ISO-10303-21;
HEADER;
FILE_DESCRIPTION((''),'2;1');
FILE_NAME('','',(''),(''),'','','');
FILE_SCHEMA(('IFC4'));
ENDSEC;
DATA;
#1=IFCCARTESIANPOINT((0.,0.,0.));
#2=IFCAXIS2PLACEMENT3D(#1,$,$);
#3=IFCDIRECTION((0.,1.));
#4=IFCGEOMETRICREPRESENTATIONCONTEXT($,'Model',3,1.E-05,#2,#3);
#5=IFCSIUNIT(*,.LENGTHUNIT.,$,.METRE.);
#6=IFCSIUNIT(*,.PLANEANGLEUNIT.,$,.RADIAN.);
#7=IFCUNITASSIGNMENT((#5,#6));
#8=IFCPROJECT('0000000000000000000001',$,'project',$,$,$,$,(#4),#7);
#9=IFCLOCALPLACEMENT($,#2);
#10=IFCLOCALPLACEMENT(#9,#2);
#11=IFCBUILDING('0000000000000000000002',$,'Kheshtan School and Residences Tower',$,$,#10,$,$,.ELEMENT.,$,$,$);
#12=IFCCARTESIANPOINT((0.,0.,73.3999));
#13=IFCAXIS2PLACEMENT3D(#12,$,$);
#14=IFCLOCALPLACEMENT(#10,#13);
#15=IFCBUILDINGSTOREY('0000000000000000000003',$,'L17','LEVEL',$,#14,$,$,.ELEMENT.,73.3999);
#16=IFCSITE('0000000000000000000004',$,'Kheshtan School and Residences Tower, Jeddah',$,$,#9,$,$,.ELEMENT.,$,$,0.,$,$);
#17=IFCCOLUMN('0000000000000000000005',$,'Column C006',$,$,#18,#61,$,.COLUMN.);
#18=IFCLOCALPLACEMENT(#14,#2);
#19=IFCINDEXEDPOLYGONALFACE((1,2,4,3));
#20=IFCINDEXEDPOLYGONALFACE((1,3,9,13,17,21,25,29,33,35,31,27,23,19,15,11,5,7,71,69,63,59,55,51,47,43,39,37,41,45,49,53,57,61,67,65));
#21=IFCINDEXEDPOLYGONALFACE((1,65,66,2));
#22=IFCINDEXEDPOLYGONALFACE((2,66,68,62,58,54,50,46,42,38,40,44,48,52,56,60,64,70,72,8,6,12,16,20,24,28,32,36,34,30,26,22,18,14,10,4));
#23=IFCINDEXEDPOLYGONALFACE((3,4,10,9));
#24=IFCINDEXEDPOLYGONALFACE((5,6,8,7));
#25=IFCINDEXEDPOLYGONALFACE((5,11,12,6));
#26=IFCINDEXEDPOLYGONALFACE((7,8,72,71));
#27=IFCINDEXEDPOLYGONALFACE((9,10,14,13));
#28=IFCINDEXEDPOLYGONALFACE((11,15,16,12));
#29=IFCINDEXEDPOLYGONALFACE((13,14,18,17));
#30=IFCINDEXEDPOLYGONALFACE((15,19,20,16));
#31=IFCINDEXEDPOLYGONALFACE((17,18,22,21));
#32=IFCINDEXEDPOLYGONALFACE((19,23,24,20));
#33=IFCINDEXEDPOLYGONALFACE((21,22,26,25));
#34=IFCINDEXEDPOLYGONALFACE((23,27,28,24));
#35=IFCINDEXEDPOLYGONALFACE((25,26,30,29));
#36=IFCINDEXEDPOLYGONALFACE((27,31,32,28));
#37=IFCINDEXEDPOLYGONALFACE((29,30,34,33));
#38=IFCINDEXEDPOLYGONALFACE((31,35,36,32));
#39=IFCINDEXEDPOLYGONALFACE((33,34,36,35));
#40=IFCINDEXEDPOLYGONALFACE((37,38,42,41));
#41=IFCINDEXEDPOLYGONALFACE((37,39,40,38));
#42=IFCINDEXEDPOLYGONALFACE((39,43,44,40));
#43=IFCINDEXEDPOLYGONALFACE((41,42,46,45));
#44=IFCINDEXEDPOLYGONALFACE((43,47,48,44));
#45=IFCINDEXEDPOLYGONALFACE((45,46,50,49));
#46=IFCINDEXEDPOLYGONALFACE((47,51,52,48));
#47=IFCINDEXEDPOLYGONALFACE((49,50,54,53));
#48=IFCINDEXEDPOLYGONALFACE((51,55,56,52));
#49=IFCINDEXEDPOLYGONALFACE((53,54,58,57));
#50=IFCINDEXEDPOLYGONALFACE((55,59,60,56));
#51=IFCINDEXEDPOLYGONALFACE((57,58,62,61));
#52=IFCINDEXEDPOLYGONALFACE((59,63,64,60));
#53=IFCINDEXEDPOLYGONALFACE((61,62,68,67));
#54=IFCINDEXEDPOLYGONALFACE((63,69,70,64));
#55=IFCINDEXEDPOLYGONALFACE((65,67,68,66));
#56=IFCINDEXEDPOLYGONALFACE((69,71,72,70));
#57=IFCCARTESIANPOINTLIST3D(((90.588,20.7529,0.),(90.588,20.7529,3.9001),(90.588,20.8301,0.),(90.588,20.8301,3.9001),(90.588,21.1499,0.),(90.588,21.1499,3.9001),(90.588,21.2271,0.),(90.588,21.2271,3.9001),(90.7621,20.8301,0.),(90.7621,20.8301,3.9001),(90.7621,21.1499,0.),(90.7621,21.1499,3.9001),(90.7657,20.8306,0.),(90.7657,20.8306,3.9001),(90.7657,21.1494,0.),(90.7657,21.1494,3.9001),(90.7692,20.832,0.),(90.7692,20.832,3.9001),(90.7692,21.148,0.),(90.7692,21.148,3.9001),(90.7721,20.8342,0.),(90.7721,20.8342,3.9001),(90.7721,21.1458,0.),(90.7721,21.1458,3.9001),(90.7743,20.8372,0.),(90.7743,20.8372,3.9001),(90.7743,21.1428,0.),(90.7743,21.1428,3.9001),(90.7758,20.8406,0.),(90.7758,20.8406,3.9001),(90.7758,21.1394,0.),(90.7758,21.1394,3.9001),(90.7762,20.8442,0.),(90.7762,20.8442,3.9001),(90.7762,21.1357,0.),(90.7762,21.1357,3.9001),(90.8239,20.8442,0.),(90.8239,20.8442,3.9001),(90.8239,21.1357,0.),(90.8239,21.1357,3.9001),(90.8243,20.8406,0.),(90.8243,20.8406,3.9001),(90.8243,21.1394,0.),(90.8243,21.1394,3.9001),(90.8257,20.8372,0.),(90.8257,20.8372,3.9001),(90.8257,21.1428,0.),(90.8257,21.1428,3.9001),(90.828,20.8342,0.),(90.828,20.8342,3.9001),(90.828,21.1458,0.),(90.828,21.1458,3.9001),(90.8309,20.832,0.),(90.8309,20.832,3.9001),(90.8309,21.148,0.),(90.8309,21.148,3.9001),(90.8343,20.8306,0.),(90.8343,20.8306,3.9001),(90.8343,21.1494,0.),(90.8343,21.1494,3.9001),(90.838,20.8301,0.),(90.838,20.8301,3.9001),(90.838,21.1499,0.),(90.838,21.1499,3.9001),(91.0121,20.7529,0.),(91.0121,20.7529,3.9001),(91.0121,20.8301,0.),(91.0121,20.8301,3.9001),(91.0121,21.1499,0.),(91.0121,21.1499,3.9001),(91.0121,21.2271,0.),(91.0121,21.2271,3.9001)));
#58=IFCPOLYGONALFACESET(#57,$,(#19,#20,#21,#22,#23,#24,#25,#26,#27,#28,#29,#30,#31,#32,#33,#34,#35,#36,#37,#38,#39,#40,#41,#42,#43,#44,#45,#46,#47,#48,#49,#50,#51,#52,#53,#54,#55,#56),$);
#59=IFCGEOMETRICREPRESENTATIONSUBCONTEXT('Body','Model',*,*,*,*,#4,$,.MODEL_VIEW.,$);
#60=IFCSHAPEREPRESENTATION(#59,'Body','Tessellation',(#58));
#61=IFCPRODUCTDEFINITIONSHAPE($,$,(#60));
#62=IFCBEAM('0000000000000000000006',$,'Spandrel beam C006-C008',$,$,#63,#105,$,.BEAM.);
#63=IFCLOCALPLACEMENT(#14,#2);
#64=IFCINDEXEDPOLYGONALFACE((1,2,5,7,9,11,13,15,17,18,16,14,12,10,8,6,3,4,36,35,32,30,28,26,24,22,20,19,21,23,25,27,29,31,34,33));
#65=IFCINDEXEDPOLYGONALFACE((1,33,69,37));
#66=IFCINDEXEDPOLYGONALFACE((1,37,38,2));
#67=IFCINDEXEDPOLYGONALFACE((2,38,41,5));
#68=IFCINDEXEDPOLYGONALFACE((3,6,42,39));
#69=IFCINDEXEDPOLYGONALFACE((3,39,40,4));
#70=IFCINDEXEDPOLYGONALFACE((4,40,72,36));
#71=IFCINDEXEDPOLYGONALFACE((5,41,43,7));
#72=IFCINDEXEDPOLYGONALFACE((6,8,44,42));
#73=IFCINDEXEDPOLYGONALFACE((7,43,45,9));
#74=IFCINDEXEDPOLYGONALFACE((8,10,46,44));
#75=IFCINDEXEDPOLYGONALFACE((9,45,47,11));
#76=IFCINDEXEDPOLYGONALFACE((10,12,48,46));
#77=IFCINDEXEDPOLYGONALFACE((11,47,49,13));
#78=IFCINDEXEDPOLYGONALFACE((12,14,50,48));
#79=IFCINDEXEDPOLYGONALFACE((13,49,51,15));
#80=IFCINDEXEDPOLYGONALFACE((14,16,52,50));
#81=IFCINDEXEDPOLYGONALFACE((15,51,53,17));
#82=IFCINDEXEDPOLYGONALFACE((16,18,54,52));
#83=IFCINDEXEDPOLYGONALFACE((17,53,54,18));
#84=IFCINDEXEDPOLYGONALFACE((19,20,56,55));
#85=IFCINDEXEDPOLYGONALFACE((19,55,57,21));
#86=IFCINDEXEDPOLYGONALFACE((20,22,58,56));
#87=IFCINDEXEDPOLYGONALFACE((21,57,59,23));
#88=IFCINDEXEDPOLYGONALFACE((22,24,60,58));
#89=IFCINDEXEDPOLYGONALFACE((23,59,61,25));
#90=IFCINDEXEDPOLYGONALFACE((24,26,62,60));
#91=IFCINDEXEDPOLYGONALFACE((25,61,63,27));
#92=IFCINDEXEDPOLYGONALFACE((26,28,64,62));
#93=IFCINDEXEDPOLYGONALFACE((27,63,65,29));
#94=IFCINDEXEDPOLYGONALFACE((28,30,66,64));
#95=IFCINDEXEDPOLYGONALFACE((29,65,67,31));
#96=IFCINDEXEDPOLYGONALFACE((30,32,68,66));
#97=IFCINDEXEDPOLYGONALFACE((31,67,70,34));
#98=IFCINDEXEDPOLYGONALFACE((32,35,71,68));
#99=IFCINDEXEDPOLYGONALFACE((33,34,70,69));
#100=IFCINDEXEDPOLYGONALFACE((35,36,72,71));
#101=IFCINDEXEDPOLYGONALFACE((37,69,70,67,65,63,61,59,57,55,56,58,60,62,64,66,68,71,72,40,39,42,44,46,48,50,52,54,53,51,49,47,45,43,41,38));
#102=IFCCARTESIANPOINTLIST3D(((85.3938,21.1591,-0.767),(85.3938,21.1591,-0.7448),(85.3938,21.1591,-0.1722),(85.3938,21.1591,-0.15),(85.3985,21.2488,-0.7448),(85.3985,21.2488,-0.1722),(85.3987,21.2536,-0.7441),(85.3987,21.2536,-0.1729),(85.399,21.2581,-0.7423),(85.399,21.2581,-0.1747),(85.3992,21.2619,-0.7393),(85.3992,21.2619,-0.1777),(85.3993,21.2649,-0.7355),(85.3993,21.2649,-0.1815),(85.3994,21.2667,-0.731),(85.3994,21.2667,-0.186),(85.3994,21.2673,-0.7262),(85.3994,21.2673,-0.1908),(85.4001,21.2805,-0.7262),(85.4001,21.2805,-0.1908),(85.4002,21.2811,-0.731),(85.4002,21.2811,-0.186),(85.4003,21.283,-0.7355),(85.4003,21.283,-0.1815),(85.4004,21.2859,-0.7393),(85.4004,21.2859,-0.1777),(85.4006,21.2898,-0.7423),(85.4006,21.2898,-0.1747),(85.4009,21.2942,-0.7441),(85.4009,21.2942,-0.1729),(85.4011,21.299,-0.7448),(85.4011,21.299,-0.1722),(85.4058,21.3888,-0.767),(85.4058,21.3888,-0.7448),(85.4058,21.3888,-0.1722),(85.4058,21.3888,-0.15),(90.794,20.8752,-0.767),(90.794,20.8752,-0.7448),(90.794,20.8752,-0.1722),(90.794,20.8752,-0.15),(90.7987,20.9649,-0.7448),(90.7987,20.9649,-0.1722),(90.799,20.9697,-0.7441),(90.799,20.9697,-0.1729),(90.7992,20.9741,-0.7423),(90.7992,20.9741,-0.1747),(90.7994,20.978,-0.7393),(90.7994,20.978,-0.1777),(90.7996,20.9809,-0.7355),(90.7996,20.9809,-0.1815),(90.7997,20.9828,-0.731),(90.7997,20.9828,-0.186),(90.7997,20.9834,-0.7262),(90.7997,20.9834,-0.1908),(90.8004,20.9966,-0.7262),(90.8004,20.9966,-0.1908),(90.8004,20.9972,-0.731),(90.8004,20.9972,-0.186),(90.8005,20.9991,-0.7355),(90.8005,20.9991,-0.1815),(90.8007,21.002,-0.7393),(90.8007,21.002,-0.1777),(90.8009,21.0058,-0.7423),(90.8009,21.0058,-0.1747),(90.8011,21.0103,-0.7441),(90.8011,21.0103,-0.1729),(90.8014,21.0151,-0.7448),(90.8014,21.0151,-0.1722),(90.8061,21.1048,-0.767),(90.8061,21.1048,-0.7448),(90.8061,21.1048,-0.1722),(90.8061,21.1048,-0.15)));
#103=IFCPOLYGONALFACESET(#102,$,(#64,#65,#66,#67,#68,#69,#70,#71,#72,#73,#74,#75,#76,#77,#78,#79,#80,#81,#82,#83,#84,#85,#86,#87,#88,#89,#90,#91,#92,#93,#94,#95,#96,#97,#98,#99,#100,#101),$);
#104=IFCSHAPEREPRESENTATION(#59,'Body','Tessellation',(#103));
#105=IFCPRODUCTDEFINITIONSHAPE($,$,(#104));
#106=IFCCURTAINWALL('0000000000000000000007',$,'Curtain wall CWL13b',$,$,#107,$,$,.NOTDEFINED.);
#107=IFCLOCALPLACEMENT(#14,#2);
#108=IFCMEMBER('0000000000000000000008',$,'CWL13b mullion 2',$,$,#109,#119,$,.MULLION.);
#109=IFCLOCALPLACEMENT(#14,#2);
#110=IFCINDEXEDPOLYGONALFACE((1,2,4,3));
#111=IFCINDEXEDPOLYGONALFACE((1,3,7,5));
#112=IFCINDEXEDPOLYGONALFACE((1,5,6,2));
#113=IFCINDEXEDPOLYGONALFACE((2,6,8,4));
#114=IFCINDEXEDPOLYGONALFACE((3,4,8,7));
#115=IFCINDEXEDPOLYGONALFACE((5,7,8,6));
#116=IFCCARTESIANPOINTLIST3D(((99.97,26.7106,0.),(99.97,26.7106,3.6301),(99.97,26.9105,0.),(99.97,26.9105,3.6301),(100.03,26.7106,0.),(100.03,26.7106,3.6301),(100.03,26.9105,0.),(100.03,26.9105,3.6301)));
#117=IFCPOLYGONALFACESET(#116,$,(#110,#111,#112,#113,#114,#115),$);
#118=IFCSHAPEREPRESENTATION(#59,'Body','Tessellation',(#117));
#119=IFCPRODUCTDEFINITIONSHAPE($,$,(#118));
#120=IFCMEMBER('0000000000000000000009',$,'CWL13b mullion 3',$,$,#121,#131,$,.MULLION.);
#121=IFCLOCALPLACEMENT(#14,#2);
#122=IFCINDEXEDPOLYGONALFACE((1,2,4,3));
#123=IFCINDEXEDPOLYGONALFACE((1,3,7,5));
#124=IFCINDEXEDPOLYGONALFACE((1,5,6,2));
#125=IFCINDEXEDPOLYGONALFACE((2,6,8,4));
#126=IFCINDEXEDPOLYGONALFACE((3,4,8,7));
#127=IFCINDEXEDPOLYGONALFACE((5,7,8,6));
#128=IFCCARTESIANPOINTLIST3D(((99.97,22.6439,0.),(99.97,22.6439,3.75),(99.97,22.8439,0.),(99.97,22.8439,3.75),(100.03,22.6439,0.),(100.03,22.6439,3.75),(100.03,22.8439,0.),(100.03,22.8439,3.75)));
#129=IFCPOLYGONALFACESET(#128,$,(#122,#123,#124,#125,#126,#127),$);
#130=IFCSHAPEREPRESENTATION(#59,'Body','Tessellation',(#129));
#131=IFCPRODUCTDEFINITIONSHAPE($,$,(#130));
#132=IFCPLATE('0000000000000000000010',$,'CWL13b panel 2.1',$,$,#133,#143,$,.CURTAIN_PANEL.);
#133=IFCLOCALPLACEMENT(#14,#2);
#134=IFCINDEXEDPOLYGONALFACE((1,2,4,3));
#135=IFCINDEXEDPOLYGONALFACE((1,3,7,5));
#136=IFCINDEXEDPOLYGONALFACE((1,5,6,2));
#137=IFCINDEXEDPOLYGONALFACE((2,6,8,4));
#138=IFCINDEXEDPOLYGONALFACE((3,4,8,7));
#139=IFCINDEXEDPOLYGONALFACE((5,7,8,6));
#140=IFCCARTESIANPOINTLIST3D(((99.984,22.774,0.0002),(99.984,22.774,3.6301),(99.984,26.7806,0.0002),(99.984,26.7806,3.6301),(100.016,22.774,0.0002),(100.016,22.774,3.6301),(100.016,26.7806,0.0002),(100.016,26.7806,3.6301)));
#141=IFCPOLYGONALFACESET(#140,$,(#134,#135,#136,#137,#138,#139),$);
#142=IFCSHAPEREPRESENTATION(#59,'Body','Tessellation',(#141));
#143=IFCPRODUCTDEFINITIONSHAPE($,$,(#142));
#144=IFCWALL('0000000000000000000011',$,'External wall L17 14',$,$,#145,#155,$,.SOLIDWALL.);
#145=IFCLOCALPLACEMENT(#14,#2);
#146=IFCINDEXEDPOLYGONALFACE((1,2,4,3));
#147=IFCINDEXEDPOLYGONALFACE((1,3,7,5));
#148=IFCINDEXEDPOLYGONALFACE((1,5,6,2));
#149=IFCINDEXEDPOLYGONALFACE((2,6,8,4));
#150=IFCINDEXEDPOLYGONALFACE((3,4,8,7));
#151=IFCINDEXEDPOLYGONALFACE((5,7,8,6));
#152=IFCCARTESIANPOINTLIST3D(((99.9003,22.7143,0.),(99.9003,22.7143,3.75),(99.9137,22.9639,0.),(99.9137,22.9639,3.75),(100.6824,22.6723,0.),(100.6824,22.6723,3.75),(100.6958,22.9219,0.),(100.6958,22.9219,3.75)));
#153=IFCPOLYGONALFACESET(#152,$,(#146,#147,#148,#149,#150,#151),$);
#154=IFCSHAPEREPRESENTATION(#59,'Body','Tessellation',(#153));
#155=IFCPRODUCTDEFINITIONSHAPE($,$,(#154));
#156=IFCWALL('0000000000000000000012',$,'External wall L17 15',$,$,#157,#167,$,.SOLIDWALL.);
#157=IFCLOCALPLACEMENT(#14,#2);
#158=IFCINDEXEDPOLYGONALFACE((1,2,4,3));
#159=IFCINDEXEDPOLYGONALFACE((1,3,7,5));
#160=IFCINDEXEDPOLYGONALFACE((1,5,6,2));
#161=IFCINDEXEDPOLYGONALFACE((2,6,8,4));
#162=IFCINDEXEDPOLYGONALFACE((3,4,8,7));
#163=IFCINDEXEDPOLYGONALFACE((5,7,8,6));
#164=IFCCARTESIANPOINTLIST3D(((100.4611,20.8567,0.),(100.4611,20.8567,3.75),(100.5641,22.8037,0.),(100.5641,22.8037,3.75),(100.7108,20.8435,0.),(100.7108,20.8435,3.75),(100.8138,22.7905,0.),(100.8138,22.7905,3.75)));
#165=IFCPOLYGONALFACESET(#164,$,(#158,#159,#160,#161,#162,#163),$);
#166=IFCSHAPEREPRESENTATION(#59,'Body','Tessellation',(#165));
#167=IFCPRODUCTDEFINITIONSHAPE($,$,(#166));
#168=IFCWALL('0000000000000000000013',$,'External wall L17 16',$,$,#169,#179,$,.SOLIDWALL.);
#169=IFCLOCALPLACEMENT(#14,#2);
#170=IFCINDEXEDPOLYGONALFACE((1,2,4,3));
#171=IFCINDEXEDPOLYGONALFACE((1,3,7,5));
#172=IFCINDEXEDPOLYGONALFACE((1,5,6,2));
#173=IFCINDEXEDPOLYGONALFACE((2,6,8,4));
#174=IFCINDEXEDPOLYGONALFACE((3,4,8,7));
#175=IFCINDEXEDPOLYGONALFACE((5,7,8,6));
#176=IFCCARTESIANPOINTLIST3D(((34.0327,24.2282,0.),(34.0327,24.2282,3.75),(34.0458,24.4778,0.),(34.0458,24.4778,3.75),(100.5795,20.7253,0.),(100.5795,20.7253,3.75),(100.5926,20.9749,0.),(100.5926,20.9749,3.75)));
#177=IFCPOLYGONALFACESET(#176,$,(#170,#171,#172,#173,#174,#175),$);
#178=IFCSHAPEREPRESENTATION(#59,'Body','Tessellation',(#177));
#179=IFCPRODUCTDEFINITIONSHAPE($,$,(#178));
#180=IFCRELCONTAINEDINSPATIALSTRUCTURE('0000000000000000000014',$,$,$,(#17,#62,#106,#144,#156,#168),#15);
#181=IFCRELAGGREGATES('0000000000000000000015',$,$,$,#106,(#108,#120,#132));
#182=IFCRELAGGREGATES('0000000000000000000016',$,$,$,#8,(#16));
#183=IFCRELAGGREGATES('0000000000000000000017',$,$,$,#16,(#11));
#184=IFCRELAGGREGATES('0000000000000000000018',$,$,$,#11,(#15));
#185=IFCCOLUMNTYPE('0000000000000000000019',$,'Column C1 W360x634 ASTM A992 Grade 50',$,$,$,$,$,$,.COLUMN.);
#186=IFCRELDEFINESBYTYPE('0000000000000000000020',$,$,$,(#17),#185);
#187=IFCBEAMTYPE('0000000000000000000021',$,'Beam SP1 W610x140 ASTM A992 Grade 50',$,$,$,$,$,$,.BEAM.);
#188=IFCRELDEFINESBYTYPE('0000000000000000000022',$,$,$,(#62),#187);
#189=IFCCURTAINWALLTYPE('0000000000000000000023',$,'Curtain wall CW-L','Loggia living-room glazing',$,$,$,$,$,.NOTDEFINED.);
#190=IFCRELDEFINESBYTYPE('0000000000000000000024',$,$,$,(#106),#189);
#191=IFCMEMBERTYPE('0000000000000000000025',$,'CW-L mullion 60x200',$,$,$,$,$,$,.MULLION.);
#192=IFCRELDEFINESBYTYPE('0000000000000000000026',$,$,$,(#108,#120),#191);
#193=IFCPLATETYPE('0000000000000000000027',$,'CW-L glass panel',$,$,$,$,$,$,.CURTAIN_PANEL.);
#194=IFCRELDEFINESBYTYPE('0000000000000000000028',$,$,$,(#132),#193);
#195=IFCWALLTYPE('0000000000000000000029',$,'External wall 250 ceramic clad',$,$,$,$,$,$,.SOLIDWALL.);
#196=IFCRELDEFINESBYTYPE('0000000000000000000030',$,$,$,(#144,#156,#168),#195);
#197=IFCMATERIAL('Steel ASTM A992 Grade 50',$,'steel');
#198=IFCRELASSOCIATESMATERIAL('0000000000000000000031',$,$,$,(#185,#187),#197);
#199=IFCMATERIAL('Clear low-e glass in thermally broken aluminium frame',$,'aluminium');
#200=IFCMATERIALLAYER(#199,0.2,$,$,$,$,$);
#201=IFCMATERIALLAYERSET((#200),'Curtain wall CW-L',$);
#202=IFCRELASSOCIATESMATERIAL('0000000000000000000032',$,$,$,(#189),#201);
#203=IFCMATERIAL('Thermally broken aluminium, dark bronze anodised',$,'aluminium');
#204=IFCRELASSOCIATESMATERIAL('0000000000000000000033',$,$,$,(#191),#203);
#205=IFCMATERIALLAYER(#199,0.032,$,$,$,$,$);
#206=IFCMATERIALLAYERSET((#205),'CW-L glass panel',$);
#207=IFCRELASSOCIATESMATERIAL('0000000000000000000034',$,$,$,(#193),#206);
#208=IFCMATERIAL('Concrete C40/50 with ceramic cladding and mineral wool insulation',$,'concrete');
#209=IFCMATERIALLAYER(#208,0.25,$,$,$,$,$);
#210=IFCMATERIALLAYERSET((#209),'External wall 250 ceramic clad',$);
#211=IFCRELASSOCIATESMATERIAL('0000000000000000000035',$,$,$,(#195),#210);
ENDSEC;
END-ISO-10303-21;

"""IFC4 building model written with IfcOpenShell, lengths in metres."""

from ifc_helpers import new_model, si_unit, direction, frame, frame_2d, origin, origin_2d, place, context, subcontext, project, spatial, rectangle, i_section, extrude, material, layer, layer_set, material_profile, profile_set, type_object, element, aggregate, save


model = new_model("IFC4")

# Units and contexts
model_context = context("Model", 3, precision=1e-05, world=origin(), true_north=direction((0.0, 1.0)))
body_context = subcontext(model_context, "Body", "Model", "MODEL_VIEW")
ifc_project = project(units=[si_unit("LENGTHUNIT", "METRE"), si_unit("PLANEANGLEUNIT", "RADIAN")], contexts=[model_context])

# Site, building, storey
site_placement = place(None, origin())
site = spatial("IfcSite", under=ifc_project, at=site_placement, Name="Kheshtan School and Residences Tower, Jeddah", CompositionType="ELEMENT", RefElevation=0.0)
building_placement = place(site_placement, origin())
building = spatial("IfcBuilding", under=site, at=building_placement, Name="Kheshtan School and Residences Tower", CompositionType="ELEMENT")
storey_placement = place(building_placement, frame((0.0, 0.0, 73.3999)))
storey = spatial("IfcBuildingStorey", under=building, at=storey_placement, Name="L17", Description="LEVEL", CompositionType="ELEMENT", Elevation=73.3999)

# Column
ifc_material_1 = material(Name="Steel ASTM A992 Grade 50", Category="steel")
ifc_material_profile_1 = material_profile(ifc_material_1, i_section(OverallWidth=0.4241, OverallDepth=0.4741, WebThickness=0.0476, FlangeThickness=0.0771, FilletRadius=0.0142, at=origin_2d()), Name="W360x634")
ifc_profile_set_1 = profile_set([ifc_material_profile_1], Name="Steel ASTM A992 Grade 50")
column_type = type_object("IfcColumnType", Name="Column C1 W360x634 ASTM A992 Grade 50", PredefinedType="COLUMN", material=ifc_profile_set_1)
column_placement = place(storey_placement, frame((90.8, 20.99, 0.0), z_axis=(0.0, 0.0, 1.0), x_axis=(1.0, 0.0, 0.0)))
element("IfcColumn", 1, at=column_placement, inside=storey, type_object=column_type, Name="Column C006", PredefinedType="COLUMN", context=body_context, shape_type="SweptSolid", body=[
    extrude(i_section(OverallWidth=0.4241, OverallDepth=0.4741, WebThickness=0.0476, FlangeThickness=0.0771, FilletRadius=0.0142, at=origin_2d()), origin(), (0.0, 0.0, 1.0), 3.9001),
])

# Beam
ifc_material_profile_2 = material_profile(ifc_material_1, i_section(OverallWidth=0.23, OverallDepth=0.6169, WebThickness=0.0132, FlangeThickness=0.0222, FilletRadius=0.0186, at=origin_2d()), Name="W610x140")
ifc_profile_set_2 = profile_set([ifc_material_profile_2], Name="Steel ASTM A992 Grade 50")
beam_type = type_object("IfcBeamType", Name="Beam SP1 W610x140 ASTM A992 Grade 50", PredefinedType="BEAM", material=ifc_profile_set_2)
beam_placement = place(storey_placement, frame((90.8, 20.99, -0.4585), z_axis=(-0.998621, 0.052507, 0.0), x_axis=(-0.052507, -0.998621, 0.0)))
element("IfcBeam", 2, at=beam_placement, inside=storey, type_object=beam_type, Name="Spandrel beam C006-C008", PredefinedType="BEAM", context=body_context, shape_type="SweptSolid", body=[
    extrude(i_section(OverallWidth=0.23, OverallDepth=0.6169, WebThickness=0.0132, FlangeThickness=0.0222, FilletRadius=0.0186, at=origin_2d()), origin(), (0.0, 0.0, 1.0), 5.4077),
])

# Curtain wall, members, plate
ifc_material_2 = material(Name="Clear low-e glass in thermally broken aluminium frame", Category="aluminium")
ifc_layer_1 = layer(ifc_material_2, 0.2)
ifc_layer_set_1 = layer_set([ifc_layer_1], Name="Curtain wall CW-L")
curtain_wall_type = type_object("IfcCurtainWallType", Name="Curtain wall CW-L", Description="Loggia living-room glazing", PredefinedType="NOTDEFINED", material=ifc_layer_set_1)
curtain_wall_placement = place(storey_placement, origin())
curtain_wall = element("IfcCurtainWall", 3, at=curtain_wall_placement, inside=storey, type_object=curtain_wall_type, Name="Curtain wall CWL13b", PredefinedType="NOTDEFINED")
ifc_material_3 = material(Name="Thermally broken aluminium, dark bronze anodised", Category="aluminium")
ifc_material_profile_3 = material_profile(ifc_material_3, rectangle(XDim=0.0601, YDim=0.2, at=origin_2d()), Name="CW-L mullion 60x200")
ifc_profile_set_3 = profile_set([ifc_material_profile_3], Name="Thermally broken aluminium, dark bronze anodised")
member_type = type_object("IfcMemberType", Name="CW-L mullion 60x200", PredefinedType="MULLION", material=ifc_profile_set_3)
member_1_placement = place(storey_placement, frame((100.0, 26.8105, 0.0), z_axis=(0.0, 0.0, 1.0), x_axis=(1.0, 0.0, 0.0)))
member_1 = element("IfcMember", 4, at=member_1_placement, type_object=member_type, Name="CWL13b mullion 2", PredefinedType="MULLION", context=body_context, shape_type="SweptSolid", body=[
    extrude(rectangle(XDim=0.0601, YDim=0.2, at=origin_2d()), origin(), (0.0, 0.0, 1.0), 3.6301),
])
member_2_placement = place(storey_placement, frame((100.0, 22.7439, 0.0), z_axis=(0.0, 0.0, 1.0), x_axis=(1.0, 0.0, 0.0)))
member_2 = element("IfcMember", 5, at=member_2_placement, type_object=member_type, Name="CWL13b mullion 3", PredefinedType="MULLION", context=body_context, shape_type="SweptSolid", body=[
    extrude(rectangle(XDim=0.0601, YDim=0.2, at=origin_2d()), origin(), (0.0, 0.0, 1.0), 3.75),
])
ifc_layer_2 = layer(ifc_material_2, 0.032)
ifc_layer_set_2 = layer_set([ifc_layer_2], Name="CW-L glass panel")
plate_type = type_object("IfcPlateType", Name="CW-L glass panel", PredefinedType="CURTAIN_PANEL", material=ifc_layer_set_2)
plate_placement = place(storey_placement, frame((100.0, 24.7773, 0.0002), z_axis=(0.0, 0.0, 1.0), x_axis=(0.0, -1.0, 0.0)))
plate = element("IfcPlate", 6, at=plate_placement, type_object=plate_type, Name="CWL13b panel 2.1", PredefinedType="CURTAIN_PANEL", context=body_context, shape_type="SweptSolid", body=[
    extrude(rectangle(XDim=4.0066, YDim=0.032, at=origin_2d()), origin(), (0.0, 0.0, 1.0), 3.6299),
])
aggregate(curtain_wall, [member_1, member_2, plate])

# Walls
ifc_material_4 = material(Name="Concrete C40/50 with ceramic cladding and mineral wool insulation", Category="concrete")
ifc_layer_3 = layer(ifc_material_4, 0.25)
ifc_layer_set_3 = layer_set([ifc_layer_3], Name="External wall 250 ceramic clad")
wall_type_1 = type_object("IfcWallType", Name="External wall 250 ceramic clad", PredefinedType="SOLIDWALL", material=ifc_layer_set_3)
wall_1_placement = place(storey_placement, frame((99.907, 22.8391, 0.0), z_axis=(0.0, 0.0, 1.0), x_axis=(0.998561, -0.053622, 0.0)))
element("IfcWall", 7, at=wall_1_placement, inside=storey, type_object=wall_type_1, Name="External wall L17 14", PredefinedType="SOLIDWALL", context=body_context, shape_type="SweptSolid", body=[
    extrude(rectangle(XDim=0.7832, YDim=0.25, at=frame_2d((0.3916, 0.0))), origin(), (0.0, 0.0, 1.0), 3.75),
])
wall_2_placement = place(storey_placement, frame((100.689, 22.7971, 0.0), z_axis=(0.0, 0.0, 1.0), x_axis=(-0.052841, -0.998603, 0.0)))
element("IfcWall", 8, at=wall_2_placement, inside=storey, type_object=wall_type_1, Name="External wall L17 15", PredefinedType="SOLIDWALL", context=body_context, shape_type="SweptSolid", body=[
    extrude(rectangle(XDim=1.9497, YDim=0.25, at=frame_2d((0.9749, 0.0))), origin(), (0.0, 0.0, 1.0), 3.75),
])
wall_3_placement = place(storey_placement, frame((100.5859, 20.8501, 0.0), z_axis=(0.0, 0.0, 1.0), x_axis=(-0.998617, 0.052566, 0.0)))
element("IfcWall", 9, at=wall_3_placement, inside=storey, type_object=wall_type_1, Name="External wall L17 16", PredefinedType="SOLIDWALL", context=body_context, shape_type="SweptSolid", body=[
    extrude(rectangle(XDim=66.6389, YDim=0.25, at=frame_2d((33.3193, 0.0))), origin(), (0.0, 0.0, 1.0), 3.75),
])

save(model, "model.ifc")
